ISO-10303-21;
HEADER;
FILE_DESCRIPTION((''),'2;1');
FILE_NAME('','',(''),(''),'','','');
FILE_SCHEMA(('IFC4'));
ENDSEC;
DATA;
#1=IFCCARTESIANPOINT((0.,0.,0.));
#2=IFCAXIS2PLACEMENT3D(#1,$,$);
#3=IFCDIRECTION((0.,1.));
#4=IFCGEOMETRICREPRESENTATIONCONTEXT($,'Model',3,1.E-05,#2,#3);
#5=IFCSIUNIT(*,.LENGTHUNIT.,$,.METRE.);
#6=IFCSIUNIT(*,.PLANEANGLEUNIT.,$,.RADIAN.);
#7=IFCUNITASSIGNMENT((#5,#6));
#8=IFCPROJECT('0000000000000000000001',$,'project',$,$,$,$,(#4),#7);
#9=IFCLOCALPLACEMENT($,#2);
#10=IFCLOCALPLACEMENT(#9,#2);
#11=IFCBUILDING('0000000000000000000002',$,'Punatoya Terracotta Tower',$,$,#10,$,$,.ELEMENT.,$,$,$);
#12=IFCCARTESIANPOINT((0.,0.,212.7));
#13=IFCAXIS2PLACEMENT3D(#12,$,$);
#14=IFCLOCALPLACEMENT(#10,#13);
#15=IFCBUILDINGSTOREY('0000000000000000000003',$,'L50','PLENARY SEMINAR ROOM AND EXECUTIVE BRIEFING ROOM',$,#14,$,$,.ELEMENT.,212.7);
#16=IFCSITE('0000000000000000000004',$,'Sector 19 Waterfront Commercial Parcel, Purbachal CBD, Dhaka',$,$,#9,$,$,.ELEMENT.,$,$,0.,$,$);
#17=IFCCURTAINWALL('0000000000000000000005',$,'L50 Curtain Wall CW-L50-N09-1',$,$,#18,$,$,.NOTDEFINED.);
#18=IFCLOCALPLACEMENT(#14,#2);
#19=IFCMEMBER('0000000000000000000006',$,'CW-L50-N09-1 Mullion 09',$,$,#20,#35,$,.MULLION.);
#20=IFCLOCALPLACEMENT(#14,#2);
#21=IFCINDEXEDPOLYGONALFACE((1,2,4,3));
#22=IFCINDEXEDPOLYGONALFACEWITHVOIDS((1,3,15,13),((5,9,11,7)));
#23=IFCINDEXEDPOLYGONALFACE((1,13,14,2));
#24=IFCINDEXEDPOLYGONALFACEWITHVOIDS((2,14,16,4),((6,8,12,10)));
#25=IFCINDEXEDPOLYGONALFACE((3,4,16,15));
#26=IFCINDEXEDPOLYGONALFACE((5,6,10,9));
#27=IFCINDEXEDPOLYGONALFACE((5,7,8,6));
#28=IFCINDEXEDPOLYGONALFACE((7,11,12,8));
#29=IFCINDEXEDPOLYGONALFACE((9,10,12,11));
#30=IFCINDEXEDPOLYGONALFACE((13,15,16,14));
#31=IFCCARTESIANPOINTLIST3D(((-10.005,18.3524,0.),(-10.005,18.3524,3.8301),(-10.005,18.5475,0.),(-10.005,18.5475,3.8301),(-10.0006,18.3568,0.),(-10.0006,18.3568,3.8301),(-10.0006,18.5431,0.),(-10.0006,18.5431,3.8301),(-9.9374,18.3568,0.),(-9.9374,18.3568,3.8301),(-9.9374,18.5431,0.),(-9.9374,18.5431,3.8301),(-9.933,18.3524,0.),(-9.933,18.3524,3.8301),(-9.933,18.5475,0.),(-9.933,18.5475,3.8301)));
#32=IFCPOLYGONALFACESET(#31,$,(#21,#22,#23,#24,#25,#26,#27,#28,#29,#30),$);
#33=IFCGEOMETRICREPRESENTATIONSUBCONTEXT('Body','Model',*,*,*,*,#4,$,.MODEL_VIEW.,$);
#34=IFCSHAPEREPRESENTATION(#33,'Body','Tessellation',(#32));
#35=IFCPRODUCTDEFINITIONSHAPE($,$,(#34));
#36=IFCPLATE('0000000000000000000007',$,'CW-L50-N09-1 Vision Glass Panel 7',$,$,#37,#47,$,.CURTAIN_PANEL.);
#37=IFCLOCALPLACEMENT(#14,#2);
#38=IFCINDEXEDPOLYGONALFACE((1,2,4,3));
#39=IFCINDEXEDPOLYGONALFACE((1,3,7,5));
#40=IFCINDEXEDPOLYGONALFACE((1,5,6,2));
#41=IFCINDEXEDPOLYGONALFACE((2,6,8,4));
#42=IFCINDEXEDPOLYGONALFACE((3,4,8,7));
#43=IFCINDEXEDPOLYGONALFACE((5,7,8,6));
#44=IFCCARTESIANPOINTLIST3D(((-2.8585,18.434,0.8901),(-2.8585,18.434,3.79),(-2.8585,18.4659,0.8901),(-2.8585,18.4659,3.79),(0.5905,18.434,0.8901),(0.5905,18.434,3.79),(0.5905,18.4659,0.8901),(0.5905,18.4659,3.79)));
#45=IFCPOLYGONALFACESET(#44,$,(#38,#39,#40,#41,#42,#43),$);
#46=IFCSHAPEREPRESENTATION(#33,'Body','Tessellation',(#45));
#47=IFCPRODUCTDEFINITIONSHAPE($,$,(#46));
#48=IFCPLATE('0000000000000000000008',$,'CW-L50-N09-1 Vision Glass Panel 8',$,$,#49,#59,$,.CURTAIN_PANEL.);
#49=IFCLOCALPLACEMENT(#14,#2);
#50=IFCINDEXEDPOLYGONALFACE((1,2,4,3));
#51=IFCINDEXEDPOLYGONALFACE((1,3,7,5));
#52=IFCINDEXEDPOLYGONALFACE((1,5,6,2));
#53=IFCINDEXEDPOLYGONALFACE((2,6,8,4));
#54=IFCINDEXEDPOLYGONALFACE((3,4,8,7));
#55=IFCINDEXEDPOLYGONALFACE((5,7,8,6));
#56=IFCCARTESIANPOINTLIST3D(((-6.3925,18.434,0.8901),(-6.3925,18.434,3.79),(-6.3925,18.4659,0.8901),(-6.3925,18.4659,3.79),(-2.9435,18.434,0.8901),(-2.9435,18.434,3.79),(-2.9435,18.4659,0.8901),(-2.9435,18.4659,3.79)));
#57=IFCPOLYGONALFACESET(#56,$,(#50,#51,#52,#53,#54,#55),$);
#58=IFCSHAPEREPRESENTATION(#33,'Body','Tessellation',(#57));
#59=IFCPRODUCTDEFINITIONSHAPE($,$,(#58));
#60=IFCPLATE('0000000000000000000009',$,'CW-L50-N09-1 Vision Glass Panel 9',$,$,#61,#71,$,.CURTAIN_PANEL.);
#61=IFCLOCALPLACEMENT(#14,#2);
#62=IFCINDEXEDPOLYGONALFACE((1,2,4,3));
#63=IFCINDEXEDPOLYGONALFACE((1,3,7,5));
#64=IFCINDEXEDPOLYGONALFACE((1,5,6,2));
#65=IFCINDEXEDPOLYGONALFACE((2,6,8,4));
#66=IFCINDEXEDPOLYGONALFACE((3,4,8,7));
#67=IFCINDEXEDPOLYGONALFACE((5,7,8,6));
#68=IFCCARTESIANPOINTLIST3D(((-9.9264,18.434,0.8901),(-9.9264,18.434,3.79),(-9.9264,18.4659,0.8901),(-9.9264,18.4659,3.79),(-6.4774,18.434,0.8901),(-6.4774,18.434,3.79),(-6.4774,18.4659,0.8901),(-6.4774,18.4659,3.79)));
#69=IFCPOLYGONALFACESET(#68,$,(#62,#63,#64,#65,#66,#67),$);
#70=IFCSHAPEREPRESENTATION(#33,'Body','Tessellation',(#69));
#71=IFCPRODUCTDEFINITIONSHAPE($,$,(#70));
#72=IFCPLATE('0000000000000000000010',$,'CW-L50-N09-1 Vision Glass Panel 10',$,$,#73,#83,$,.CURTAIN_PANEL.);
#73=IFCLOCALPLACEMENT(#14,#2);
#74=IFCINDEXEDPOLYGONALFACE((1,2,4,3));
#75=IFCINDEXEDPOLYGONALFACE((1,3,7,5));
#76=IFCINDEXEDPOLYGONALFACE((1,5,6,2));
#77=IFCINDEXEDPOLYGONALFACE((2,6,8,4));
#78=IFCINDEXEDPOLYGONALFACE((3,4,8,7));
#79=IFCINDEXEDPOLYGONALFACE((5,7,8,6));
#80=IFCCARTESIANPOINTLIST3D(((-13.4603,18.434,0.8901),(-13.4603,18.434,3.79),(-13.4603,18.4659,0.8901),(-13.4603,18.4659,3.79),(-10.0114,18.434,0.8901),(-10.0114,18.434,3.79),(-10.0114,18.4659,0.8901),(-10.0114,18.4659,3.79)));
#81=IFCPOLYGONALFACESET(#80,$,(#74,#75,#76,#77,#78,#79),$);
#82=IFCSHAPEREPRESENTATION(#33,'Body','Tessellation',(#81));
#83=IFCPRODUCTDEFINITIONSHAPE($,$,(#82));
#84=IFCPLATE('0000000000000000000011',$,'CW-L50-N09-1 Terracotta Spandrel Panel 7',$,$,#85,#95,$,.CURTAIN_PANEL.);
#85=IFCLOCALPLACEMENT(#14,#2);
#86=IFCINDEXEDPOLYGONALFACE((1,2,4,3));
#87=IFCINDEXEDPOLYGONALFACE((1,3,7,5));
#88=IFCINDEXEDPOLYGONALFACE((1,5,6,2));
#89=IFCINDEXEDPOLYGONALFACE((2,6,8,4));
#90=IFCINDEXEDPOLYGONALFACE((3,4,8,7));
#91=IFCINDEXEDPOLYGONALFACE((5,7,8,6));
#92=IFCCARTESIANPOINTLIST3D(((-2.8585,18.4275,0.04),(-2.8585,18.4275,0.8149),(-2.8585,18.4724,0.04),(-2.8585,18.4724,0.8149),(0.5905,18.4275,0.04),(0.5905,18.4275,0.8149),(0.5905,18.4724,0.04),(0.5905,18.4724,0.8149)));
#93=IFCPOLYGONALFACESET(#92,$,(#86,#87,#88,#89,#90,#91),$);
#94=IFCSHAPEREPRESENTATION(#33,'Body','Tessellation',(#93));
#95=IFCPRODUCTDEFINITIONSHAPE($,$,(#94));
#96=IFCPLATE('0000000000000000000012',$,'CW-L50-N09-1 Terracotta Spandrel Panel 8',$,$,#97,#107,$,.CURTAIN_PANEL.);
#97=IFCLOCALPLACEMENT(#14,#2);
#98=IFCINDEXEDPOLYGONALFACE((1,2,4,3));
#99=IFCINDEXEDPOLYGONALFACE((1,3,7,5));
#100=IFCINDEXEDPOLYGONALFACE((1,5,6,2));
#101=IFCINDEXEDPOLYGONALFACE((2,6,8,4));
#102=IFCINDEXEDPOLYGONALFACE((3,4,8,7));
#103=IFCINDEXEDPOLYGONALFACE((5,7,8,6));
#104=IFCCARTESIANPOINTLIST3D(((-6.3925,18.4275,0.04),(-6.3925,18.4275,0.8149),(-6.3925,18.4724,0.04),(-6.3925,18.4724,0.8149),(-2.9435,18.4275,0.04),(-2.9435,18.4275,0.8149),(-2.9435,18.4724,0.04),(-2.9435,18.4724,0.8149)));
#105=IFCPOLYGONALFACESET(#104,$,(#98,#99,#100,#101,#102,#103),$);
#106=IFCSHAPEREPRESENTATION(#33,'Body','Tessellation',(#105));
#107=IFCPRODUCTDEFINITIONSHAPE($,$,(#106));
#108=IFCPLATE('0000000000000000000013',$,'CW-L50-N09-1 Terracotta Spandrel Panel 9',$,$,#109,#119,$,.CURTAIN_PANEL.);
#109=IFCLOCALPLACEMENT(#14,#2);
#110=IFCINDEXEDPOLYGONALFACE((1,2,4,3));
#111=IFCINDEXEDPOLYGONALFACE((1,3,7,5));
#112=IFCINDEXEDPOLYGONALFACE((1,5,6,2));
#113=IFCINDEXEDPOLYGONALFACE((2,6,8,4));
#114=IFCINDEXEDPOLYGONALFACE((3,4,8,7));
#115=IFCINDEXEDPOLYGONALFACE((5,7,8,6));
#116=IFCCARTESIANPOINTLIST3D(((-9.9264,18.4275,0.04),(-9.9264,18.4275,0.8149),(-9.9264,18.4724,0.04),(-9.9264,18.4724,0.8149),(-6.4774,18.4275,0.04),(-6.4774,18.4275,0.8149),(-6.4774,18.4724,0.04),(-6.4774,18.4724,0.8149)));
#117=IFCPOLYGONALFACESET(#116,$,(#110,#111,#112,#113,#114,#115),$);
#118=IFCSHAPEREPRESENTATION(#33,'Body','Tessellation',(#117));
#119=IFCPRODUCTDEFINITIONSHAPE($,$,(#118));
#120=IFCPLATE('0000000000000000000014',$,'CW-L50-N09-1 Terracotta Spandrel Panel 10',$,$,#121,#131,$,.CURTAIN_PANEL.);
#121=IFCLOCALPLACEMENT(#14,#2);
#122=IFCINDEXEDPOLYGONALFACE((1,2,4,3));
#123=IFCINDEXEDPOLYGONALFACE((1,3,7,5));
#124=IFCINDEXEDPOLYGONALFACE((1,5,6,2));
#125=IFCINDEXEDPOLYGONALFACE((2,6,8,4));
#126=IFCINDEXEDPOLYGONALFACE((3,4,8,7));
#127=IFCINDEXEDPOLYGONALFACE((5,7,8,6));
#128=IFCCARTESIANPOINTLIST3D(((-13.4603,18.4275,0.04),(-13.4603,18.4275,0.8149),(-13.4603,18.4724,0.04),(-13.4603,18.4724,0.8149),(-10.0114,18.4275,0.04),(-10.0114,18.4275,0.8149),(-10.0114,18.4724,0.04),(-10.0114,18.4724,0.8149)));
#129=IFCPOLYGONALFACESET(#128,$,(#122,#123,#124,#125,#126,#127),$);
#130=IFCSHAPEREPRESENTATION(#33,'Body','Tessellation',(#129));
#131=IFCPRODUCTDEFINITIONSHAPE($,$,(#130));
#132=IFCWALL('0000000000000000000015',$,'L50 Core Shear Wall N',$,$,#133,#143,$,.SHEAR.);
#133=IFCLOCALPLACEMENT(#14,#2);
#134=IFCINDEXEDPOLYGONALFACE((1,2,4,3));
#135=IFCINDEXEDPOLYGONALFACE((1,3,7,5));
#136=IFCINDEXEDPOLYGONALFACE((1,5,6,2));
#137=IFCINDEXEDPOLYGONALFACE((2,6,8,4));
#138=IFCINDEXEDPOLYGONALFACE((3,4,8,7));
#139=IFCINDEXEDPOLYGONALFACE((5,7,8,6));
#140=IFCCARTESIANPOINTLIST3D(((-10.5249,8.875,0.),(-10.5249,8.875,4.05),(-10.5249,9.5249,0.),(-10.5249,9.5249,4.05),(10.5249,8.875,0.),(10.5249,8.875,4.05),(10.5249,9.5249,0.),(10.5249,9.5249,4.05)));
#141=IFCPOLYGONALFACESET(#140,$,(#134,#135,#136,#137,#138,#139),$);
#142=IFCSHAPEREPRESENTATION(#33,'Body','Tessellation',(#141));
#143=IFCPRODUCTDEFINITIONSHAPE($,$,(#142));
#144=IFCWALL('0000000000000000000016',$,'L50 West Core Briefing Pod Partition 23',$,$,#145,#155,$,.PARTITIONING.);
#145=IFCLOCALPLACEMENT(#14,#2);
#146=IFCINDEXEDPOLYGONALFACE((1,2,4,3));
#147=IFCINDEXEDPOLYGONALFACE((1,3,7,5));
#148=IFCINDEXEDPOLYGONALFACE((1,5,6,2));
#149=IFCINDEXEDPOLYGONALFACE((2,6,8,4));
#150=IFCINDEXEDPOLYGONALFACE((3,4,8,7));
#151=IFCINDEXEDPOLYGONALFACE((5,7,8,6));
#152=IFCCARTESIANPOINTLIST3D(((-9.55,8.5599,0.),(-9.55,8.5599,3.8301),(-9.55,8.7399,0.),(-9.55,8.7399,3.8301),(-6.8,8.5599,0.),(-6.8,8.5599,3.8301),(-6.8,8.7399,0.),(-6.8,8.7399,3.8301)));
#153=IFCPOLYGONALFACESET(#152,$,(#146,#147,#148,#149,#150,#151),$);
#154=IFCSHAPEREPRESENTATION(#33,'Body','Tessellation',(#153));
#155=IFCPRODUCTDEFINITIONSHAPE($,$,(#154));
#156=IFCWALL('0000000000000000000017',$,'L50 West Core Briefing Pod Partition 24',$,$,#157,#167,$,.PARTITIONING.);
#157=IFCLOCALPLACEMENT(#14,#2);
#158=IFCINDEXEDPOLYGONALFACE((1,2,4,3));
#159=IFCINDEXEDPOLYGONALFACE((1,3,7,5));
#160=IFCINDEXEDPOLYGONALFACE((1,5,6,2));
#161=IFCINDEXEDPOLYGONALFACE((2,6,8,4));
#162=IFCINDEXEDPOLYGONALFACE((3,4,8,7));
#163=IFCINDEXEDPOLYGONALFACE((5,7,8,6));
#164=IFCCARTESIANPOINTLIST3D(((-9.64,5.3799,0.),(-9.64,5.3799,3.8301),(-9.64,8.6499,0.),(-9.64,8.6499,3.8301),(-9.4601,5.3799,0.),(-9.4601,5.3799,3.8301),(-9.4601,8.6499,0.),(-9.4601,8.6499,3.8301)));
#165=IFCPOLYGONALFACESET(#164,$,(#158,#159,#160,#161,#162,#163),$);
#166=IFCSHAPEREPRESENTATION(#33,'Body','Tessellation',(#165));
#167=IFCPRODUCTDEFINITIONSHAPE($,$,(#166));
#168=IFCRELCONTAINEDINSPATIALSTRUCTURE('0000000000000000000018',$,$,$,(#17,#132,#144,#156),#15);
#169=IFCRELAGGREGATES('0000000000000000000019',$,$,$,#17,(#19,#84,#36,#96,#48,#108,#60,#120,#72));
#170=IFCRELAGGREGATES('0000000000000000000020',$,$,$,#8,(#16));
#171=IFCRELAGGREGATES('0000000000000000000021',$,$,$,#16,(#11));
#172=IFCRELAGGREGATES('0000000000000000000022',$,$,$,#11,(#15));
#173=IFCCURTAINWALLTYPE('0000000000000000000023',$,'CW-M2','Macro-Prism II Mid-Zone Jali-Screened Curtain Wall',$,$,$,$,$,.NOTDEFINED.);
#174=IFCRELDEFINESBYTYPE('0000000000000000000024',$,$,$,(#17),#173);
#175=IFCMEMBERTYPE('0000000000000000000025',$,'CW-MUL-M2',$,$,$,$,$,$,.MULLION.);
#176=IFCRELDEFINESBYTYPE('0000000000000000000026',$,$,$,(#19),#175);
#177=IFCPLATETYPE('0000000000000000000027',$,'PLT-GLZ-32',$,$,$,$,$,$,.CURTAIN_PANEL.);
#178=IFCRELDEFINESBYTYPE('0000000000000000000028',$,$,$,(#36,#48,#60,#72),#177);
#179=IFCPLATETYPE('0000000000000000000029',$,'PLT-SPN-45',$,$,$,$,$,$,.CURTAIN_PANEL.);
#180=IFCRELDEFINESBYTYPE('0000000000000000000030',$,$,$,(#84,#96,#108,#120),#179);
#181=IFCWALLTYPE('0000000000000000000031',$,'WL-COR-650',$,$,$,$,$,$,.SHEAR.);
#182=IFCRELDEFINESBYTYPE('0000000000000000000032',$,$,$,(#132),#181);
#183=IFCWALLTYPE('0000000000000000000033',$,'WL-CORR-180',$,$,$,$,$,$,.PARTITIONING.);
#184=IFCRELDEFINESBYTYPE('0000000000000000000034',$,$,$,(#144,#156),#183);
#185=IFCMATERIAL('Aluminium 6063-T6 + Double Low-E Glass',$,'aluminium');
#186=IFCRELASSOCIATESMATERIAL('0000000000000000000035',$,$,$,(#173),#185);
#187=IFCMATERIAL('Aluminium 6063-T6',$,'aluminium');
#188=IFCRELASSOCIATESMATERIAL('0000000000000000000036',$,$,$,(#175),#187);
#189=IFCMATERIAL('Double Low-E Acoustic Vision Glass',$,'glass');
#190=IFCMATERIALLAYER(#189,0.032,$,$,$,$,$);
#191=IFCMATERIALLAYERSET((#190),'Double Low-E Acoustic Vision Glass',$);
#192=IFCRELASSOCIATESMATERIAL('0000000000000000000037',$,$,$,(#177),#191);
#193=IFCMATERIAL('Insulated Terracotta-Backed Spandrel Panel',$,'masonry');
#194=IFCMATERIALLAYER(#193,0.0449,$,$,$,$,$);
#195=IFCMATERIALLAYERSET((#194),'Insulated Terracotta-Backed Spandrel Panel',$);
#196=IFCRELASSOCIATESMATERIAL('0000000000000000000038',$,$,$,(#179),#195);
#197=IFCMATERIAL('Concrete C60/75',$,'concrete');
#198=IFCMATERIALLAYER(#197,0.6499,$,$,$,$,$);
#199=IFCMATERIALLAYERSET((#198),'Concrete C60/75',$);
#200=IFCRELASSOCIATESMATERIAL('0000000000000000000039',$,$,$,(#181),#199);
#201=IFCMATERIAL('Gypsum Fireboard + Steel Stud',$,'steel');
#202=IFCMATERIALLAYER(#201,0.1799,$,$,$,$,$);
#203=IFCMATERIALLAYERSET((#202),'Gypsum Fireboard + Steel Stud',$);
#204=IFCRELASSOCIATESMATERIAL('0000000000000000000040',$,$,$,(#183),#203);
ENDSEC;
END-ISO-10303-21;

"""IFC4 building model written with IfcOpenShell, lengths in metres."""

from ifc_helpers import new_model, si_unit, direction, frame, frame_2d, origin, origin_2d, place, context, subcontext, project, spatial, rectangle, hollow_rectangle, extrude, material, layer, layer_set, material_profile, profile_set, type_object, element, aggregate, save


model = new_model("IFC4")

# Units and contexts
model_context = context("Model", 3, precision=1e-05, world=origin(), true_north=direction((0.0, 1.0)))
body_context = subcontext(model_context, "Body", "Model", "MODEL_VIEW")
ifc_project = project(units=[si_unit("LENGTHUNIT", "METRE"), si_unit("PLANEANGLEUNIT", "RADIAN")], contexts=[model_context])

# Site, building, storey
site_placement = place(None, origin())
site = spatial("IfcSite", under=ifc_project, at=site_placement, Name="Sector 19 Waterfront Commercial Parcel, Purbachal CBD, Dhaka", CompositionType="ELEMENT", RefElevation=0.0)
building_placement = place(site_placement, origin())
building = spatial("IfcBuilding", under=site, at=building_placement, Name="Punatoya Terracotta Tower", CompositionType="ELEMENT")
storey_placement = place(building_placement, frame((0.0, 0.0, 212.7)))
storey = spatial("IfcBuildingStorey", under=building, at=storey_placement, Name="L50", Description="PLENARY SEMINAR ROOM AND EXECUTIVE BRIEFING ROOM", CompositionType="ELEMENT", Elevation=212.7)

# Curtain wall, member, plates
ifc_material_1 = material(Name="Aluminium 6063-T6 + Double Low-E Glass", Category="aluminium")
curtain_wall_type = type_object("IfcCurtainWallType", Name="CW-M2", Description="Macro-Prism II Mid-Zone Jali-Screened Curtain Wall", PredefinedType="NOTDEFINED", material=ifc_material_1)
curtain_wall_placement = place(storey_placement, origin())
curtain_wall = element("IfcCurtainWall", 1, at=curtain_wall_placement, inside=storey, type_object=curtain_wall_type, Name="L50 Curtain Wall CW-L50-N09-1", PredefinedType="NOTDEFINED")
ifc_material_2 = material(Name="Aluminium 6063-T6", Category="aluminium")
ifc_material_profile_1 = material_profile(ifc_material_2, hollow_rectangle(XDim=0.072, YDim=0.1951, WallThickness=0.0044, at=origin_2d()))
ifc_profile_set_1 = profile_set([ifc_material_profile_1], Name="Aluminium 6063-T6")
member_type = type_object("IfcMemberType", Name="CW-MUL-M2", PredefinedType="MULLION", material=ifc_profile_set_1)
member_1_placement = place(storey_placement, frame((-9.969, 18.45, 0.0), z_axis=(0.0, 0.0, 1.0), x_axis=(1.0, 0.0, 0.0)))
member_1 = element("IfcMember", 2, at=member_1_placement, type_object=member_type, Name="CW-L50-N09-1 Mullion 09", PredefinedType="MULLION", context=body_context, shape_type="SweptSolid", body=[
    extrude(hollow_rectangle(XDim=0.072, YDim=0.1951, WallThickness=0.0044, at=origin_2d()), origin(), (0.0, 0.0, 1.0), 3.8301),
])
ifc_material_3 = material(Name="Double Low-E Acoustic Vision Glass", Category="glass")
ifc_layer_1 = layer(ifc_material_3, 0.032)
ifc_layer_set_1 = layer_set([ifc_layer_1], Name="Double Low-E Acoustic Vision Glass")
plate_type_1 = type_object("IfcPlateType", Name="PLT-GLZ-32", PredefinedType="CURTAIN_PANEL", material=ifc_layer_set_1)
plate_1_placement = place(storey_placement, frame((-1.134, 18.45, 0.8901), z_axis=(0.0, 0.0, 1.0), x_axis=(-1.0, 0.0, 0.0)))
plate_1 = element("IfcPlate", 3, at=plate_1_placement, type_object=plate_type_1, Name="CW-L50-N09-1 Vision Glass Panel 7", PredefinedType="CURTAIN_PANEL", context=body_context, shape_type="SweptSolid", body=[
    extrude(rectangle(XDim=3.449, YDim=0.032, at=origin_2d()), origin(), (0.0, 0.0, 1.0), 2.8999),
])
plate_2_placement = place(storey_placement, frame((-4.668, 18.45, 0.8901), z_axis=(0.0, 0.0, 1.0), x_axis=(-1.0, 0.0, 0.0)))
plate_2 = element("IfcPlate", 4, at=plate_2_placement, type_object=plate_type_1, Name="CW-L50-N09-1 Vision Glass Panel 8", PredefinedType="CURTAIN_PANEL", context=body_context, shape_type="SweptSolid", body=[
    extrude(rectangle(XDim=3.449, YDim=0.032, at=origin_2d()), origin(), (0.0, 0.0, 1.0), 2.8999),
])
plate_3_placement = place(storey_placement, frame((-8.2019, 18.45, 0.8901), z_axis=(0.0, 0.0, 1.0), x_axis=(-1.0, 0.0, 0.0)))
plate_3 = element("IfcPlate", 5, at=plate_3_placement, type_object=plate_type_1, Name="CW-L50-N09-1 Vision Glass Panel 9", PredefinedType="CURTAIN_PANEL", context=body_context, shape_type="SweptSolid", body=[
    extrude(rectangle(XDim=3.449, YDim=0.032, at=origin_2d()), origin(), (0.0, 0.0, 1.0), 2.8999),
])
plate_4_placement = place(storey_placement, frame((-11.7358, 18.45, 0.8901), z_axis=(0.0, 0.0, 1.0), x_axis=(-1.0, 0.0, 0.0)))
plate_4 = element("IfcPlate", 6, at=plate_4_placement, type_object=plate_type_1, Name="CW-L50-N09-1 Vision Glass Panel 10", PredefinedType="CURTAIN_PANEL", context=body_context, shape_type="SweptSolid", body=[
    extrude(rectangle(XDim=3.449, YDim=0.032, at=origin_2d()), origin(), (0.0, 0.0, 1.0), 2.8999),
])
ifc_material_4 = material(Name="Insulated Terracotta-Backed Spandrel Panel", Category="masonry")
ifc_layer_2 = layer(ifc_material_4, 0.0449)
ifc_layer_set_2 = layer_set([ifc_layer_2], Name="Insulated Terracotta-Backed Spandrel Panel")
plate_type_2 = type_object("IfcPlateType", Name="PLT-SPN-45", PredefinedType="CURTAIN_PANEL", material=ifc_layer_set_2)
plate_5_placement = place(storey_placement, frame((-1.134, 18.45, 0.04), z_axis=(0.0, 0.0, 1.0), x_axis=(-1.0, 0.0, 0.0)))
plate_5 = element("IfcPlate", 7, at=plate_5_placement, type_object=plate_type_2, Name="CW-L50-N09-1 Terracotta Spandrel Panel 7", PredefinedType="CURTAIN_PANEL", context=body_context, shape_type="SweptSolid", body=[
    extrude(rectangle(XDim=3.449, YDim=0.0449, at=origin_2d()), origin(), (0.0, 0.0, 1.0), 0.7749),
])
plate_6_placement = place(storey_placement, frame((-4.668, 18.45, 0.04), z_axis=(0.0, 0.0, 1.0), x_axis=(-1.0, 0.0, 0.0)))
plate_6 = element("IfcPlate", 8, at=plate_6_placement, type_object=plate_type_2, Name="CW-L50-N09-1 Terracotta Spandrel Panel 8", PredefinedType="CURTAIN_PANEL", context=body_context, shape_type="SweptSolid", body=[
    extrude(rectangle(XDim=3.449, YDim=0.0449, at=origin_2d()), origin(), (0.0, 0.0, 1.0), 0.7749),
])
plate_7_placement = place(storey_placement, frame((-8.2019, 18.45, 0.04), z_axis=(0.0, 0.0, 1.0), x_axis=(-1.0, 0.0, 0.0)))
plate_7 = element("IfcPlate", 9, at=plate_7_placement, type_object=plate_type_2, Name="CW-L50-N09-1 Terracotta Spandrel Panel 9", PredefinedType="CURTAIN_PANEL", context=body_context, shape_type="SweptSolid", body=[
    extrude(rectangle(XDim=3.449, YDim=0.0449, at=origin_2d()), origin(), (0.0, 0.0, 1.0), 0.7749),
])
plate_8_placement = place(storey_placement, frame((-11.7358, 18.45, 0.04), z_axis=(0.0, 0.0, 1.0), x_axis=(-1.0, 0.0, 0.0)))
plate_8 = element("IfcPlate", 10, at=plate_8_placement, type_object=plate_type_2, Name="CW-L50-N09-1 Terracotta Spandrel Panel 10", PredefinedType="CURTAIN_PANEL", context=body_context, shape_type="SweptSolid", body=[
    extrude(rectangle(XDim=3.449, YDim=0.0449, at=origin_2d()), origin(), (0.0, 0.0, 1.0), 0.7749),
])
aggregate(curtain_wall, [member_1, plate_5, plate_1, plate_6, plate_2, plate_7, plate_3, plate_8, plate_4])

# Walls
ifc_material_5 = material(Name="Concrete C60/75", Category="concrete")
ifc_layer_3 = layer(ifc_material_5, 0.6499)
ifc_layer_set_3 = layer_set([ifc_layer_3], Name="Concrete C60/75")
wall_type_1 = type_object("IfcWallType", Name="WL-COR-650", PredefinedType="SHEAR", material=ifc_layer_set_3)
wall_1_placement = place(storey_placement, frame((-10.5249, 9.2, 0.0), z_axis=(0.0, 0.0, 1.0), x_axis=(1.0, 0.0, 0.0)))
element("IfcWall", 11, at=wall_1_placement, inside=storey, type_object=wall_type_1, Name="L50 Core Shear Wall N", PredefinedType="SHEAR", context=body_context, shape_type="SweptSolid", body=[
    extrude(rectangle(XDim=21.0498, YDim=0.6499, at=frame_2d((10.5249, 0.0))), origin(), (0.0, 0.0, 1.0), 4.05),
])
ifc_material_6 = material(Name="Gypsum Fireboard + Steel Stud", Category="steel")
ifc_layer_4 = layer(ifc_material_6, 0.1799)
ifc_layer_set_4 = layer_set([ifc_layer_4], Name="Gypsum Fireboard + Steel Stud")
wall_type_2 = type_object("IfcWallType", Name="WL-CORR-180", PredefinedType="PARTITIONING", material=ifc_layer_set_4)
wall_2_placement = place(storey_placement, frame((-6.8, 8.6499, 0.0), z_axis=(0.0, 0.0, 1.0), x_axis=(-1.0, 0.0, 0.0)))
element("IfcWall", 12, at=wall_2_placement, inside=storey, type_object=wall_type_2, Name="L50 West Core Briefing Pod Partition 23", PredefinedType="PARTITIONING", context=body_context, shape_type="SweptSolid", body=[
    extrude(rectangle(XDim=2.75, YDim=0.1799, at=frame_2d((1.375, 0.0))), origin(), (0.0, 0.0, 1.0), 3.8301),
])
wall_3_placement = place(storey_placement, frame((-9.55, 8.6499, 0.0), z_axis=(0.0, 0.0, 1.0), x_axis=(0.0, -1.0, 0.0)))
element("IfcWall", 13, at=wall_3_placement, inside=storey, type_object=wall_type_2, Name="L50 West Core Briefing Pod Partition 24", PredefinedType="PARTITIONING", context=body_context, shape_type="SweptSolid", body=[
    extrude(rectangle(XDim=3.27, YDim=0.1799, at=frame_2d((1.635, 0.0))), origin(), (0.0, 0.0, 1.0), 3.8301),
])

save(model, "model.ifc")
